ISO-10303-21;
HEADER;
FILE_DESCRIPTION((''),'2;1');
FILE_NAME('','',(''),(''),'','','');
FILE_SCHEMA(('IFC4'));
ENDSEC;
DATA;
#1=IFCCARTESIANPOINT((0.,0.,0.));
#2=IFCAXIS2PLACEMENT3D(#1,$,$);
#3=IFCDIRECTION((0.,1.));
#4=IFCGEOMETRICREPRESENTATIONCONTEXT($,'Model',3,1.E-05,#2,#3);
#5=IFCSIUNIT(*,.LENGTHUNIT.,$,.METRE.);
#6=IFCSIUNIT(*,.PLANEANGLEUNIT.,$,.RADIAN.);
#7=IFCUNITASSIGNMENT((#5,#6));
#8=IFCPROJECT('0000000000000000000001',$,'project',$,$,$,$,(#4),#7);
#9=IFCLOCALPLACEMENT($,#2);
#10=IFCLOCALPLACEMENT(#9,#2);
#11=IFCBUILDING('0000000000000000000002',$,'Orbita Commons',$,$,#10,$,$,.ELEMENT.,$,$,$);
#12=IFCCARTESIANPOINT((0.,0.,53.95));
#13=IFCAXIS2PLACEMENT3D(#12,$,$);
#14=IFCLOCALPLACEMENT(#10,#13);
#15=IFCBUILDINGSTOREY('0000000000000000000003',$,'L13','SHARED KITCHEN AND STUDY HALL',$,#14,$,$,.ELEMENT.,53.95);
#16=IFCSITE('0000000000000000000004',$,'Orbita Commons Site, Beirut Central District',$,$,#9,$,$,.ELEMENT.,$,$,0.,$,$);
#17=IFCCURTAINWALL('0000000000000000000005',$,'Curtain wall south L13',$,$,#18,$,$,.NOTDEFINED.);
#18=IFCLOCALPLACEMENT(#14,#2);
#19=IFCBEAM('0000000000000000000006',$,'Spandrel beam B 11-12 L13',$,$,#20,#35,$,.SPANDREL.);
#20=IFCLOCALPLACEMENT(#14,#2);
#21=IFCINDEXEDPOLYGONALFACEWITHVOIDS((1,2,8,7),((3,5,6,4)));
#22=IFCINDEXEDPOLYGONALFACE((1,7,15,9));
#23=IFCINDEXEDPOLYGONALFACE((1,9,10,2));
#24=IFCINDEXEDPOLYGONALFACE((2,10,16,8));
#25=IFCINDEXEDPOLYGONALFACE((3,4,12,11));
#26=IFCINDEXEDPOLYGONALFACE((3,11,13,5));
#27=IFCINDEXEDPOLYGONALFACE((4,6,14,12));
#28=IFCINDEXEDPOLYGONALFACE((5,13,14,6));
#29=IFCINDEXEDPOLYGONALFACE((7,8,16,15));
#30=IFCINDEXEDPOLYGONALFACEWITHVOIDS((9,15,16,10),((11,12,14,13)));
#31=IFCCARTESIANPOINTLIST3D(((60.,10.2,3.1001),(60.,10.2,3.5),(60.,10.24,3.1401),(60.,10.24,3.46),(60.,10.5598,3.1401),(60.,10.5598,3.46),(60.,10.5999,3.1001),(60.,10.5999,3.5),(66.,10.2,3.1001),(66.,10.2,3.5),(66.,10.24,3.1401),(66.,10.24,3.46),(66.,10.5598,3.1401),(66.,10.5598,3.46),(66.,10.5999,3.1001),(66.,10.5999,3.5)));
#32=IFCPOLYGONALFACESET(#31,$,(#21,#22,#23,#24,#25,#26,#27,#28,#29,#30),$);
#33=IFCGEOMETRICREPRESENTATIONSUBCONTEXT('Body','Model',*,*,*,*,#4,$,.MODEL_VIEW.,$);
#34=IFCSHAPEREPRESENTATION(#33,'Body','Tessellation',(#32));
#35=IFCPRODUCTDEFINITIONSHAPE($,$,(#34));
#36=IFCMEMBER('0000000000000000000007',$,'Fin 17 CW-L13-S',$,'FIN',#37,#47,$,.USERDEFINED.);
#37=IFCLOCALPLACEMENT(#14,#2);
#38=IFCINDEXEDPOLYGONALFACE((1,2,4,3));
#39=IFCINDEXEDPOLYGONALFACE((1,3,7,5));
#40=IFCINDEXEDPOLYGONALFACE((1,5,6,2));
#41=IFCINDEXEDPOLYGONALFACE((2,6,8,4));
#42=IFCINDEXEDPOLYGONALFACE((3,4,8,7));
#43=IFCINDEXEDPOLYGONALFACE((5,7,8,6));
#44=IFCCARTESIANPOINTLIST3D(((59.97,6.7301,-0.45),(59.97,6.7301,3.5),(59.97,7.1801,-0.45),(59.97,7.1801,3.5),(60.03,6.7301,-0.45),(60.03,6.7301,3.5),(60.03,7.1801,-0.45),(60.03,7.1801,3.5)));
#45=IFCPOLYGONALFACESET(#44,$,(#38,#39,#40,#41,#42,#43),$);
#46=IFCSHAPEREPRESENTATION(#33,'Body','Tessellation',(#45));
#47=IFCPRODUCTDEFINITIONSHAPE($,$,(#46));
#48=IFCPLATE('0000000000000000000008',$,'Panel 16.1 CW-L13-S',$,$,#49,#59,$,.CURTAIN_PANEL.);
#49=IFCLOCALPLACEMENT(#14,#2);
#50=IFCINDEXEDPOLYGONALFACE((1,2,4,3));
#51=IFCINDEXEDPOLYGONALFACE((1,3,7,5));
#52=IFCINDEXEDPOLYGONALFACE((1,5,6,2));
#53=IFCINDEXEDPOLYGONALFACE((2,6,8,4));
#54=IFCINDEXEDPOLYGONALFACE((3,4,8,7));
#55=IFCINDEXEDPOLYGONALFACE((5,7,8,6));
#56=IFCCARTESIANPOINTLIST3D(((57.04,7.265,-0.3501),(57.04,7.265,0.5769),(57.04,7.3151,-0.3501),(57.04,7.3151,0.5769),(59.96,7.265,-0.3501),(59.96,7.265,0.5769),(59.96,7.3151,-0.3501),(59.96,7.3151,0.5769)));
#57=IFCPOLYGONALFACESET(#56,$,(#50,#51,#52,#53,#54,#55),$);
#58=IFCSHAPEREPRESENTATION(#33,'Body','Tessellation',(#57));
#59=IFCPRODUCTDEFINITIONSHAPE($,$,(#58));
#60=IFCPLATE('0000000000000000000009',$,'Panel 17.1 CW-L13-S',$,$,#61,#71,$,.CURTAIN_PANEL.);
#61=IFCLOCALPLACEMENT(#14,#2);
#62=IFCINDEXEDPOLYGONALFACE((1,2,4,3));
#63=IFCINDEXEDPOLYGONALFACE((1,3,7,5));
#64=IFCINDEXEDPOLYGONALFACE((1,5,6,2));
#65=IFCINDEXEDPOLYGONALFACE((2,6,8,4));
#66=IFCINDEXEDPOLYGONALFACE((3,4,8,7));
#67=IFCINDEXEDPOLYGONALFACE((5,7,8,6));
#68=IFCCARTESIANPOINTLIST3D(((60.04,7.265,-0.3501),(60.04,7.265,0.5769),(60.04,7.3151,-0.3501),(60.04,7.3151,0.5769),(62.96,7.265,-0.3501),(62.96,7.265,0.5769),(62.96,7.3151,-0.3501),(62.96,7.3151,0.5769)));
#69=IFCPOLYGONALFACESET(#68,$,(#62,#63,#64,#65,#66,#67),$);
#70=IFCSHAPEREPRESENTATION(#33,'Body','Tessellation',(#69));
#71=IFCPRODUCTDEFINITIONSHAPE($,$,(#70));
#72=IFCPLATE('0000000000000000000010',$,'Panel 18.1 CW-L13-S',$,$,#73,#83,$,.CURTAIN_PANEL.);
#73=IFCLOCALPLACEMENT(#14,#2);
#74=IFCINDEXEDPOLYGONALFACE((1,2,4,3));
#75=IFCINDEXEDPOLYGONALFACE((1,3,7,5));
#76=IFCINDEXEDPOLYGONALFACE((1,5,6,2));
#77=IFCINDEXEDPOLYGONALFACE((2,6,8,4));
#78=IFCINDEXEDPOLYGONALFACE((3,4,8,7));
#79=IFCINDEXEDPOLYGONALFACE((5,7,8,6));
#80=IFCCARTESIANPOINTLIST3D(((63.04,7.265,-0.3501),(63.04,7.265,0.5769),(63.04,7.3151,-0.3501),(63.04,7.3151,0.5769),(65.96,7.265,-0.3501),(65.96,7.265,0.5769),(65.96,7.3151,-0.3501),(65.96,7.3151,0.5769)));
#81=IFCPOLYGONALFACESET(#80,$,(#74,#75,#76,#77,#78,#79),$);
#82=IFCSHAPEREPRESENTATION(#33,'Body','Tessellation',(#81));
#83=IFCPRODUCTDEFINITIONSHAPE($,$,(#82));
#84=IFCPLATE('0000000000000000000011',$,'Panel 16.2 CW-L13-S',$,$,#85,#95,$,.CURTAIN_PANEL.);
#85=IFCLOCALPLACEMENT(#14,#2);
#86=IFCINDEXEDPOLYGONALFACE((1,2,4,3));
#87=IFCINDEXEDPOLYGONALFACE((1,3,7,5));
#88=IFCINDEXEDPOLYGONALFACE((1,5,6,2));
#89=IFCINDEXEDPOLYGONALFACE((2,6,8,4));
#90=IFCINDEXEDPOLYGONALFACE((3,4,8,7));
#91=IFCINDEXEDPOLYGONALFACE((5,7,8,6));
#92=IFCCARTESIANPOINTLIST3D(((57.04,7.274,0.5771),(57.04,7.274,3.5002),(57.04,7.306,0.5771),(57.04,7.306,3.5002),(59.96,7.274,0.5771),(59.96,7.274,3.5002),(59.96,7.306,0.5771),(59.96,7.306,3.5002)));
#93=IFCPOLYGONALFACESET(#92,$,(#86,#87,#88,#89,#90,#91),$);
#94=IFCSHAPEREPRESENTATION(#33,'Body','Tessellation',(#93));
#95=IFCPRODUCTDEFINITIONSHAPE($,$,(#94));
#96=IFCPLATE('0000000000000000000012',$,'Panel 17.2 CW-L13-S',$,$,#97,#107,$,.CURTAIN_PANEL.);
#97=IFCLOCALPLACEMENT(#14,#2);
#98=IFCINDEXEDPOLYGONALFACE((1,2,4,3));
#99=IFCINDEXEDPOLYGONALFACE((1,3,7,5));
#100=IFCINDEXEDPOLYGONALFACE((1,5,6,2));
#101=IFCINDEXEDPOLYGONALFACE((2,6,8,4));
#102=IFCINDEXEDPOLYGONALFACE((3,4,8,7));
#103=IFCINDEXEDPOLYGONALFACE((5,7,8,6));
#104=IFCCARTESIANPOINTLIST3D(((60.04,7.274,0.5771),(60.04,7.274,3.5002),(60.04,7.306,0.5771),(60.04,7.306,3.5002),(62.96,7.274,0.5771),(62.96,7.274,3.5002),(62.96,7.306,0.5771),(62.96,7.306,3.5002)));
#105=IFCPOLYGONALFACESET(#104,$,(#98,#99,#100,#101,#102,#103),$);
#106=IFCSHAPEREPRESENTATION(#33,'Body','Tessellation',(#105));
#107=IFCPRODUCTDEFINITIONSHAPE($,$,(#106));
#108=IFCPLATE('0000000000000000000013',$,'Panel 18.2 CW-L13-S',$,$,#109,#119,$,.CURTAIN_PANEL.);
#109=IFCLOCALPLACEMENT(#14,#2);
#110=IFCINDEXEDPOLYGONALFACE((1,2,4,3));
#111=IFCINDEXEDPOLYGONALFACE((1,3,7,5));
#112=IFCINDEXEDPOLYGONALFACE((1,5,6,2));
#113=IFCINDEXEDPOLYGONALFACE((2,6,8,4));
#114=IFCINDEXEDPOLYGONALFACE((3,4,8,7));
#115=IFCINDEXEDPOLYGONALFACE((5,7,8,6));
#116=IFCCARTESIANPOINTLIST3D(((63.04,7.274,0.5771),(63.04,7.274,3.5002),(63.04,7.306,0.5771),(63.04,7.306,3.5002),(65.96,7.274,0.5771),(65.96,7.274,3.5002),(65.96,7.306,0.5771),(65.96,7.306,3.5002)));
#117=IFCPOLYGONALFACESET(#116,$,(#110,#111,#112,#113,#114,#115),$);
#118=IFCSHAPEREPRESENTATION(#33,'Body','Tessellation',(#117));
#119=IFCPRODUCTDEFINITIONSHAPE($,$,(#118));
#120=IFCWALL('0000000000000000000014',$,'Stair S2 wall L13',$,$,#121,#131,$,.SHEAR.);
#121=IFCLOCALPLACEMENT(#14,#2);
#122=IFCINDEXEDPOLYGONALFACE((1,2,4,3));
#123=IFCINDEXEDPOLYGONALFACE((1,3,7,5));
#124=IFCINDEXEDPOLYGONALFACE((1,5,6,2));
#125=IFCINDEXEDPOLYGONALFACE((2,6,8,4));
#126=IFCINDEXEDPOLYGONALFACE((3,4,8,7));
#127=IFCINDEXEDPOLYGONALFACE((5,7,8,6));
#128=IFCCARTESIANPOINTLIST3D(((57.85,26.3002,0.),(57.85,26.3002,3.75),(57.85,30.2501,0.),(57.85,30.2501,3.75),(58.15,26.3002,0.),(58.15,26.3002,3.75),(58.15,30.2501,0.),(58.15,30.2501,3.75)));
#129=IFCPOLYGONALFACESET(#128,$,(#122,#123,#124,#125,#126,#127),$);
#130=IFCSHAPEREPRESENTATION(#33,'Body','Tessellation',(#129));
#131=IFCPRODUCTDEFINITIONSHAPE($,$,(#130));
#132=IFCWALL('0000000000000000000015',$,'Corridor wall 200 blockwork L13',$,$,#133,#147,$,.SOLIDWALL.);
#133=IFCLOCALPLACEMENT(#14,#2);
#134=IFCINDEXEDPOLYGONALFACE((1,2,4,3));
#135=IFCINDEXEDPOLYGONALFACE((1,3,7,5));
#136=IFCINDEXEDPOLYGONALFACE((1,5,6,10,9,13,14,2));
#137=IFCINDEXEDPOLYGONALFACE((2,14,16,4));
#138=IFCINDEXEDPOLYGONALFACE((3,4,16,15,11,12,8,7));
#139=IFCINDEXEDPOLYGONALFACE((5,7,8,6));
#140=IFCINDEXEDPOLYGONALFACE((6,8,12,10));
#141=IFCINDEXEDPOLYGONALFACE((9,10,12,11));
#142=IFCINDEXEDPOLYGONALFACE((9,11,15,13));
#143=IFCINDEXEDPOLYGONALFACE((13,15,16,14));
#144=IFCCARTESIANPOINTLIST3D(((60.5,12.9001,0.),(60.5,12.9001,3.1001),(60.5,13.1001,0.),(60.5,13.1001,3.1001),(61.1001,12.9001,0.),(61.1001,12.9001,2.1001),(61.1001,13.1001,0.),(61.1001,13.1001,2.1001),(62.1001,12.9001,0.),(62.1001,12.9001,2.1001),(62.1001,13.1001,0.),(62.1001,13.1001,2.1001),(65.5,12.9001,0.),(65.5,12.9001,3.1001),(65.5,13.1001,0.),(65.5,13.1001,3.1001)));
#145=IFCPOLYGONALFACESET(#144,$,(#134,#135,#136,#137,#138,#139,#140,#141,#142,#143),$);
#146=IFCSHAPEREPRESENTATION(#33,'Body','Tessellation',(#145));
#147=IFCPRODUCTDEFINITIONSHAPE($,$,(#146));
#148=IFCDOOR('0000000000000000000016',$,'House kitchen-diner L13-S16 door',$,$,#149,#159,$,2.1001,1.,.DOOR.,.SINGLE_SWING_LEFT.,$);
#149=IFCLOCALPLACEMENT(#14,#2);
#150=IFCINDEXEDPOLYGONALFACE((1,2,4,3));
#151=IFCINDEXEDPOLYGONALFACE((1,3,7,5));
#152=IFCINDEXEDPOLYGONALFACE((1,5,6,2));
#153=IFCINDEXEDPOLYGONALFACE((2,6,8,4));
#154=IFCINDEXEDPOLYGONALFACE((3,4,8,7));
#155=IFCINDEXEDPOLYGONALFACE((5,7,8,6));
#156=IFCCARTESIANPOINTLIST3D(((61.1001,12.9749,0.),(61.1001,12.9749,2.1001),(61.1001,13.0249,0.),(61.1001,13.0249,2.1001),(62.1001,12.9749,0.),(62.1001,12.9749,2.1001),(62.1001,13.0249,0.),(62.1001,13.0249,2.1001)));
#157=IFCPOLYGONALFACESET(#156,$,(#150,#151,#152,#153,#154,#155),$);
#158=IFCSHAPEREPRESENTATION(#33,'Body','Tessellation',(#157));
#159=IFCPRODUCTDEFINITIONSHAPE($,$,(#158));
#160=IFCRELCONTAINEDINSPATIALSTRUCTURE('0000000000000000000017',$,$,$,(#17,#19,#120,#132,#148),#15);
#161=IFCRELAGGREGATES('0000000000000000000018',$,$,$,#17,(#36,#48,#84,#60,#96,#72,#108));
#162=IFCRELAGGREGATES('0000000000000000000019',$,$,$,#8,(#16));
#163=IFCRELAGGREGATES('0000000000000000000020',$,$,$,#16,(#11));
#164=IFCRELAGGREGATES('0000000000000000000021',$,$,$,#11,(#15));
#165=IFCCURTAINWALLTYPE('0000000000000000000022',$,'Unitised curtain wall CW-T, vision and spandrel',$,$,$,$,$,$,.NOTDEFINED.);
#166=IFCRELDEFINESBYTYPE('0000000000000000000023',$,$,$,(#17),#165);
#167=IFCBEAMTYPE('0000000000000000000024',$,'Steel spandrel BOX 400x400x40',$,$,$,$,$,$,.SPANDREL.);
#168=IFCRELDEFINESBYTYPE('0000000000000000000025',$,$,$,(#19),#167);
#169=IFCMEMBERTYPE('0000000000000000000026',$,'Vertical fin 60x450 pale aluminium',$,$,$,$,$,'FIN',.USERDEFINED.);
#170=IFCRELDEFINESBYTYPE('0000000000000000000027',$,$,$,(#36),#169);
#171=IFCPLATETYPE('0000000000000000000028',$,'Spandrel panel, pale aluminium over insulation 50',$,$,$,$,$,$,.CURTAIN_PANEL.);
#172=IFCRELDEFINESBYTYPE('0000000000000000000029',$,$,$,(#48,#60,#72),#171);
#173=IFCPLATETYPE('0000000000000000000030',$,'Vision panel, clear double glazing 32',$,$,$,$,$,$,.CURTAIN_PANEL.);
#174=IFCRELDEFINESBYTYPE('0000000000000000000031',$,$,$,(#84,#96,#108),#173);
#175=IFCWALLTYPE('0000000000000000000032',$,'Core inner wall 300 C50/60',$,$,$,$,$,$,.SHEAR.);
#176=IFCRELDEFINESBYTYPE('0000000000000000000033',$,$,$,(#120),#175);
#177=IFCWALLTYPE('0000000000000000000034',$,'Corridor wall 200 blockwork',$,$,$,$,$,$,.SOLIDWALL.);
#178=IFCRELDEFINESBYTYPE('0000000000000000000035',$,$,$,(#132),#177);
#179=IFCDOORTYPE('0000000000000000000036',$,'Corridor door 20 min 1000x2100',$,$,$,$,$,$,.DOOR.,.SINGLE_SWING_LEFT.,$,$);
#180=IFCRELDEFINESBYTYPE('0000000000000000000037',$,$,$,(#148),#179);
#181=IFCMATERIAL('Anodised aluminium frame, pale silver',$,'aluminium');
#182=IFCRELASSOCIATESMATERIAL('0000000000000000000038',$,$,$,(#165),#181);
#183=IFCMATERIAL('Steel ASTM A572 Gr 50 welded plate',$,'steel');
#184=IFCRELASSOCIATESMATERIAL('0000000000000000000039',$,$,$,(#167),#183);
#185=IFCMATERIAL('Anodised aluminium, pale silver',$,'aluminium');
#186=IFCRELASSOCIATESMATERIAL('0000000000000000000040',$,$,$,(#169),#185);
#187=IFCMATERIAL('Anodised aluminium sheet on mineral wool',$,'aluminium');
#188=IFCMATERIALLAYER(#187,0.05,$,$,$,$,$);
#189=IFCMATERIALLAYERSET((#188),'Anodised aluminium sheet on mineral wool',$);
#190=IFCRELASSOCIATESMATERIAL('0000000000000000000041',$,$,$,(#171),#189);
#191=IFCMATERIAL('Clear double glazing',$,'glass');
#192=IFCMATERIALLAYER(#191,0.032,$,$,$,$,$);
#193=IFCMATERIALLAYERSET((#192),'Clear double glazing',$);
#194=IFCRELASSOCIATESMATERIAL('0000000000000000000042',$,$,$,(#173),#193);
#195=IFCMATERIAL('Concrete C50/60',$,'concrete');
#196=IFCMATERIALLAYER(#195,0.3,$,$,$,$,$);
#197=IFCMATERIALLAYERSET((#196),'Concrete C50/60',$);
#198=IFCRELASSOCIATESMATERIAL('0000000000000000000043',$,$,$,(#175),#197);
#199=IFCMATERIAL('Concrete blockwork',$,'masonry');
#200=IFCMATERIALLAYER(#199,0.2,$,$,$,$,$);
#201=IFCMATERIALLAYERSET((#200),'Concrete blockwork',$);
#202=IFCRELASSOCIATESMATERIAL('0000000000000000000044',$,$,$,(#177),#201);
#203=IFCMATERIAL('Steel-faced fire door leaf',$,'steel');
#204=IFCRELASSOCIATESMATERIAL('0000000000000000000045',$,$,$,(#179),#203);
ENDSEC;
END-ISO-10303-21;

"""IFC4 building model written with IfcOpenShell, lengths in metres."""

from ifc_helpers import new_model, si_unit, direction, frame, frame_2d, origin, origin_2d, place, context, subcontext, project, spatial, polyline, rectangle, hollow_rectangle, outline, extrude, material, layer, layer_set, material_profile, profile_set, type_object, element, fill, aggregate, save


model = new_model("IFC4")

# Units and contexts
model_context = context("Model", 3, precision=1e-05, world=origin(), true_north=direction((0.0, 1.0)))
body_context = subcontext(model_context, "Body", "Model", "MODEL_VIEW")
ifc_project = project(units=[si_unit("LENGTHUNIT", "METRE"), si_unit("PLANEANGLEUNIT", "RADIAN")], contexts=[model_context])

# Site, building, storey
site_placement = place(None, origin())
site = spatial("IfcSite", under=ifc_project, at=site_placement, Name="Orbita Commons Site, Beirut Central District", CompositionType="ELEMENT", RefElevation=0.0)
building_placement = place(site_placement, origin())
building = spatial("IfcBuilding", under=site, at=building_placement, Name="Orbita Commons", CompositionType="ELEMENT")
storey_placement = place(building_placement, frame((0.0, 0.0, 53.95)))
storey = spatial("IfcBuildingStorey", under=building, at=storey_placement, Name="L13", Description="SHARED KITCHEN AND STUDY HALL", CompositionType="ELEMENT", Elevation=53.95)

# Curtain wall
ifc_material_1 = material(Name="Anodised aluminium frame, pale silver", Category="aluminium")
curtain_wall_type = type_object("IfcCurtainWallType", Name="Unitised curtain wall CW-T, vision and spandrel", PredefinedType="NOTDEFINED", material=ifc_material_1)
curtain_wall_placement = place(storey_placement, origin())
curtain_wall = element("IfcCurtainWall", 1, at=curtain_wall_placement, inside=storey, type_object=curtain_wall_type, Name="Curtain wall south L13", PredefinedType="NOTDEFINED")

# Beam
ifc_material_2 = material(Name="Steel ASTM A572 Gr 50 welded plate", Category="steel")
ifc_material_profile_1 = material_profile(ifc_material_2, hollow_rectangle(XDim=0.3999, YDim=0.3999, WallThickness=0.04, at=origin_2d()), Name="BOX 400x400x40")
ifc_profile_set_1 = profile_set([ifc_material_profile_1], Name="Steel ASTM A572 Gr 50 welded plate")
beam_type_1 = type_object("IfcBeamType", Name="Steel spandrel BOX 400x400x40", PredefinedType="SPANDREL", material=ifc_profile_set_1)
beam_1_placement = place(storey_placement, frame((60.0, 10.3999, 3.3), z_axis=(1.0, 0.0, 0.0), x_axis=(0.0, 1.0, 0.0)))
element("IfcBeam", 2, at=beam_1_placement, inside=storey, type_object=beam_type_1, Name="Spandrel beam B 11-12 L13", PredefinedType="SPANDREL", context=body_context, shape_type="SweptSolid", body=[
    extrude(hollow_rectangle(XDim=0.3999, YDim=0.3999, WallThickness=0.04, at=origin_2d()), origin(), (0.0, 0.0, 1.0), 6.0),
])

# Member
ifc_material_3 = material(Name="Anodised aluminium, pale silver", Category="aluminium")
ifc_material_profile_2 = material_profile(ifc_material_3, rectangle(XDim=0.0601, YDim=0.45, at=origin_2d()), Name="FIN 60x450")
ifc_profile_set_2 = profile_set([ifc_material_profile_2], Name="Anodised aluminium, pale silver")
member_type_1 = type_object("IfcMemberType", Name="Vertical fin 60x450 pale aluminium", ElementType="FIN", PredefinedType="USERDEFINED", material=ifc_profile_set_2)
member_1_placement = place(storey_placement, frame((60.0, 6.9551, -0.45), z_axis=(0.0, 0.0, 1.0), x_axis=(1.0, 0.0, 0.0)))
member_1 = element("IfcMember", 3, at=member_1_placement, type_object=member_type_1, Name="Fin 17 CW-L13-S", ObjectType="FIN", PredefinedType="USERDEFINED", context=body_context, shape_type="SweptSolid", body=[
    extrude(rectangle(XDim=0.0601, YDim=0.45, at=origin_2d()), origin(), (0.0, 0.0, 1.0), 3.95),
])

# Plates
ifc_material_4 = material(Name="Anodised aluminium sheet on mineral wool", Category="aluminium")
ifc_layer_1 = layer(ifc_material_4, 0.05)
ifc_layer_set_1 = layer_set([ifc_layer_1], Name="Anodised aluminium sheet on mineral wool")
plate_type_1 = type_object("IfcPlateType", Name="Spandrel panel, pale aluminium over insulation 50", PredefinedType="CURTAIN_PANEL", material=ifc_layer_set_1)
plate_1_placement = place(storey_placement, frame((58.5, 7.29, -0.3501), z_axis=(0.0, 0.0, 1.0), x_axis=(1.0, 0.0, 0.0)))
plate_1 = element("IfcPlate", 4, at=plate_1_placement, type_object=plate_type_1, Name="Panel 16.1 CW-L13-S", PredefinedType="CURTAIN_PANEL", context=body_context, shape_type="SweptSolid", body=[
    extrude(rectangle(XDim=2.9199, YDim=0.05, at=origin_2d()), origin(), (0.0, 0.0, 1.0), 0.927),
])
plate_2_placement = place(storey_placement, frame((61.5, 7.29, -0.3501), z_axis=(0.0, 0.0, 1.0), x_axis=(1.0, 0.0, 0.0)))
plate_2 = element("IfcPlate", 5, at=plate_2_placement, type_object=plate_type_1, Name="Panel 17.1 CW-L13-S", PredefinedType="CURTAIN_PANEL", context=body_context, shape_type="SweptSolid", body=[
    extrude(rectangle(XDim=2.9199, YDim=0.05, at=origin_2d()), origin(), (0.0, 0.0, 1.0), 0.927),
])
plate_3_placement = place(storey_placement, frame((64.5, 7.29, -0.3501), z_axis=(0.0, 0.0, 1.0), x_axis=(1.0, 0.0, 0.0)))
plate_3 = element("IfcPlate", 6, at=plate_3_placement, type_object=plate_type_1, Name="Panel 18.1 CW-L13-S", PredefinedType="CURTAIN_PANEL", context=body_context, shape_type="SweptSolid", body=[
    extrude(rectangle(XDim=2.9199, YDim=0.05, at=origin_2d()), origin(), (0.0, 0.0, 1.0), 0.927),
])
ifc_material_5 = material(Name="Clear double glazing", Category="glass")
ifc_layer_2 = layer(ifc_material_5, 0.032)
ifc_layer_set_2 = layer_set([ifc_layer_2], Name="Clear double glazing")
plate_type_2 = type_object("IfcPlateType", Name="Vision panel, clear double glazing 32", PredefinedType="CURTAIN_PANEL", material=ifc_layer_set_2)
plate_4_placement = place(storey_placement, frame((58.5, 7.29, 0.5771), z_axis=(0.0, 0.0, 1.0), x_axis=(1.0, 0.0, 0.0)))
plate_4 = element("IfcPlate", 7, at=plate_4_placement, type_object=plate_type_2, Name="Panel 16.2 CW-L13-S", PredefinedType="CURTAIN_PANEL", context=body_context, shape_type="SweptSolid", body=[
    extrude(rectangle(XDim=2.9199, YDim=0.032, at=origin_2d()), origin(), (0.0, 0.0, 1.0), 2.9231),
])
plate_5_placement = place(storey_placement, frame((61.5, 7.29, 0.5771), z_axis=(0.0, 0.0, 1.0), x_axis=(1.0, 0.0, 0.0)))
plate_5 = element("IfcPlate", 8, at=plate_5_placement, type_object=plate_type_2, Name="Panel 17.2 CW-L13-S", PredefinedType="CURTAIN_PANEL", context=body_context, shape_type="SweptSolid", body=[
    extrude(rectangle(XDim=2.9199, YDim=0.032, at=origin_2d()), origin(), (0.0, 0.0, 1.0), 2.9231),
])
plate_6_placement = place(storey_placement, frame((64.5, 7.29, 0.5771), z_axis=(0.0, 0.0, 1.0), x_axis=(1.0, 0.0, 0.0)))
plate_6 = element("IfcPlate", 9, at=plate_6_placement, type_object=plate_type_2, Name="Panel 18.2 CW-L13-S", PredefinedType="CURTAIN_PANEL", context=body_context, shape_type="SweptSolid", body=[
    extrude(rectangle(XDim=2.9199, YDim=0.032, at=origin_2d()), origin(), (0.0, 0.0, 1.0), 2.9231),
])
aggregate(curtain_wall, [member_1, plate_1, plate_4, plate_2, plate_5, plate_3, plate_6])

# Wall
ifc_material_6 = material(Name="Concrete C50/60", Category="concrete")
ifc_layer_3 = layer(ifc_material_6, 0.3)
ifc_layer_set_3 = layer_set([ifc_layer_3], Name="Concrete C50/60")
wall_type_1 = type_object("IfcWallType", Name="Core inner wall 300 C50/60", PredefinedType="SHEAR", material=ifc_layer_set_3)
wall_1_placement = place(storey_placement, frame((58.0, 26.3, 0.0), z_axis=(0.0, 0.0, 1.0), x_axis=(0.0, 1.0, 0.0)))
element("IfcWall", 10, at=wall_1_placement, inside=storey, type_object=wall_type_1, Name="Stair S2 wall L13", PredefinedType="SHEAR", context=body_context, shape_type="SweptSolid", body=[
    extrude(rectangle(XDim=3.95, YDim=0.3, at=frame_2d((1.9751, 0.0))), origin(), (0.0, 0.0, 1.0), 3.75),
])

# Wall, opening, door
ifc_material_7 = material(Name="Concrete blockwork", Category="masonry")
ifc_layer_4 = layer(ifc_material_7, 0.2)
ifc_layer_set_4 = layer_set([ifc_layer_4], Name="Concrete blockwork")
wall_type_2 = type_object("IfcWallType", Name="Corridor wall 200 blockwork", PredefinedType="SOLIDWALL", material=ifc_layer_set_4)
wall_2_placement = place(storey_placement, frame((60.5, 13.0, 0.0), z_axis=(0.0, 0.0, 1.0), x_axis=(1.0, 0.0, 0.0)))
wall_2 = element("IfcWall", 11, at=wall_2_placement, inside=storey, type_object=wall_type_2, Name="Corridor wall 200 blockwork L13", PredefinedType="SOLIDWALL", context=body_context, shape_type="SweptSolid", body=[
    extrude(outline(polyline([(0.0, 0.0), (5.0, 0.0), (5.0, 3.1001), (0.0, 3.1001), (0.0, 0.0)])), frame((0.0, 0.1001, 0.0), z_axis=(0.0, -1.0, 0.0), x_axis=(1.0, 0.0, 0.0)), (0.0, 0.0, 1.0), 0.2),
])
opening_1_placement = place(wall_2_placement, frame((0.6001, 0.0, 0.0)))
opening_1 = element("IfcOpeningElement", 12, at=opening_1_placement, cuts=wall_2, PredefinedType="OPENING", context=body_context, shape_type="SweptSolid", body=[
    extrude(rectangle(XDim=1.0, YDim=2.1001, at=frame_2d((0.5, 1.05))), frame((0.0, 0.1099, 0.0), z_axis=(0.0, -1.0, 0.0), x_axis=(1.0, 0.0, 0.0)), (0.0, 0.0, 1.0), 0.22),
])
ifc_material_8 = material(Name="Steel-faced fire door leaf", Category="steel")
door_type_1 = type_object("IfcDoorType", Name="Corridor door 20 min 1000x2100", OperationType="SINGLE_SWING_LEFT", PredefinedType="DOOR", material=ifc_material_8)
door_1_placement = place(opening_1_placement, origin())
door_1 = element("IfcDoor", 13, at=door_1_placement, inside=storey, type_object=door_type_1, Name="House kitchen-diner L13-S16 door", OperationType="SINGLE_SWING_LEFT", OverallHeight=2.1001, OverallWidth=1.0, PredefinedType="DOOR", context=body_context, shape_type="SweptSolid", body=[
    extrude(rectangle(XDim=1.0, YDim=2.1001, at=frame_2d((0.5, 1.05))), frame((0.0, 0.0249, 0.0), z_axis=(0.0, -1.0, 0.0), x_axis=(1.0, 0.0, 0.0)), (0.0, 0.0, 1.0), 0.05),
])
fill(opening_1, door_1)

save(model, "model.ifc")
